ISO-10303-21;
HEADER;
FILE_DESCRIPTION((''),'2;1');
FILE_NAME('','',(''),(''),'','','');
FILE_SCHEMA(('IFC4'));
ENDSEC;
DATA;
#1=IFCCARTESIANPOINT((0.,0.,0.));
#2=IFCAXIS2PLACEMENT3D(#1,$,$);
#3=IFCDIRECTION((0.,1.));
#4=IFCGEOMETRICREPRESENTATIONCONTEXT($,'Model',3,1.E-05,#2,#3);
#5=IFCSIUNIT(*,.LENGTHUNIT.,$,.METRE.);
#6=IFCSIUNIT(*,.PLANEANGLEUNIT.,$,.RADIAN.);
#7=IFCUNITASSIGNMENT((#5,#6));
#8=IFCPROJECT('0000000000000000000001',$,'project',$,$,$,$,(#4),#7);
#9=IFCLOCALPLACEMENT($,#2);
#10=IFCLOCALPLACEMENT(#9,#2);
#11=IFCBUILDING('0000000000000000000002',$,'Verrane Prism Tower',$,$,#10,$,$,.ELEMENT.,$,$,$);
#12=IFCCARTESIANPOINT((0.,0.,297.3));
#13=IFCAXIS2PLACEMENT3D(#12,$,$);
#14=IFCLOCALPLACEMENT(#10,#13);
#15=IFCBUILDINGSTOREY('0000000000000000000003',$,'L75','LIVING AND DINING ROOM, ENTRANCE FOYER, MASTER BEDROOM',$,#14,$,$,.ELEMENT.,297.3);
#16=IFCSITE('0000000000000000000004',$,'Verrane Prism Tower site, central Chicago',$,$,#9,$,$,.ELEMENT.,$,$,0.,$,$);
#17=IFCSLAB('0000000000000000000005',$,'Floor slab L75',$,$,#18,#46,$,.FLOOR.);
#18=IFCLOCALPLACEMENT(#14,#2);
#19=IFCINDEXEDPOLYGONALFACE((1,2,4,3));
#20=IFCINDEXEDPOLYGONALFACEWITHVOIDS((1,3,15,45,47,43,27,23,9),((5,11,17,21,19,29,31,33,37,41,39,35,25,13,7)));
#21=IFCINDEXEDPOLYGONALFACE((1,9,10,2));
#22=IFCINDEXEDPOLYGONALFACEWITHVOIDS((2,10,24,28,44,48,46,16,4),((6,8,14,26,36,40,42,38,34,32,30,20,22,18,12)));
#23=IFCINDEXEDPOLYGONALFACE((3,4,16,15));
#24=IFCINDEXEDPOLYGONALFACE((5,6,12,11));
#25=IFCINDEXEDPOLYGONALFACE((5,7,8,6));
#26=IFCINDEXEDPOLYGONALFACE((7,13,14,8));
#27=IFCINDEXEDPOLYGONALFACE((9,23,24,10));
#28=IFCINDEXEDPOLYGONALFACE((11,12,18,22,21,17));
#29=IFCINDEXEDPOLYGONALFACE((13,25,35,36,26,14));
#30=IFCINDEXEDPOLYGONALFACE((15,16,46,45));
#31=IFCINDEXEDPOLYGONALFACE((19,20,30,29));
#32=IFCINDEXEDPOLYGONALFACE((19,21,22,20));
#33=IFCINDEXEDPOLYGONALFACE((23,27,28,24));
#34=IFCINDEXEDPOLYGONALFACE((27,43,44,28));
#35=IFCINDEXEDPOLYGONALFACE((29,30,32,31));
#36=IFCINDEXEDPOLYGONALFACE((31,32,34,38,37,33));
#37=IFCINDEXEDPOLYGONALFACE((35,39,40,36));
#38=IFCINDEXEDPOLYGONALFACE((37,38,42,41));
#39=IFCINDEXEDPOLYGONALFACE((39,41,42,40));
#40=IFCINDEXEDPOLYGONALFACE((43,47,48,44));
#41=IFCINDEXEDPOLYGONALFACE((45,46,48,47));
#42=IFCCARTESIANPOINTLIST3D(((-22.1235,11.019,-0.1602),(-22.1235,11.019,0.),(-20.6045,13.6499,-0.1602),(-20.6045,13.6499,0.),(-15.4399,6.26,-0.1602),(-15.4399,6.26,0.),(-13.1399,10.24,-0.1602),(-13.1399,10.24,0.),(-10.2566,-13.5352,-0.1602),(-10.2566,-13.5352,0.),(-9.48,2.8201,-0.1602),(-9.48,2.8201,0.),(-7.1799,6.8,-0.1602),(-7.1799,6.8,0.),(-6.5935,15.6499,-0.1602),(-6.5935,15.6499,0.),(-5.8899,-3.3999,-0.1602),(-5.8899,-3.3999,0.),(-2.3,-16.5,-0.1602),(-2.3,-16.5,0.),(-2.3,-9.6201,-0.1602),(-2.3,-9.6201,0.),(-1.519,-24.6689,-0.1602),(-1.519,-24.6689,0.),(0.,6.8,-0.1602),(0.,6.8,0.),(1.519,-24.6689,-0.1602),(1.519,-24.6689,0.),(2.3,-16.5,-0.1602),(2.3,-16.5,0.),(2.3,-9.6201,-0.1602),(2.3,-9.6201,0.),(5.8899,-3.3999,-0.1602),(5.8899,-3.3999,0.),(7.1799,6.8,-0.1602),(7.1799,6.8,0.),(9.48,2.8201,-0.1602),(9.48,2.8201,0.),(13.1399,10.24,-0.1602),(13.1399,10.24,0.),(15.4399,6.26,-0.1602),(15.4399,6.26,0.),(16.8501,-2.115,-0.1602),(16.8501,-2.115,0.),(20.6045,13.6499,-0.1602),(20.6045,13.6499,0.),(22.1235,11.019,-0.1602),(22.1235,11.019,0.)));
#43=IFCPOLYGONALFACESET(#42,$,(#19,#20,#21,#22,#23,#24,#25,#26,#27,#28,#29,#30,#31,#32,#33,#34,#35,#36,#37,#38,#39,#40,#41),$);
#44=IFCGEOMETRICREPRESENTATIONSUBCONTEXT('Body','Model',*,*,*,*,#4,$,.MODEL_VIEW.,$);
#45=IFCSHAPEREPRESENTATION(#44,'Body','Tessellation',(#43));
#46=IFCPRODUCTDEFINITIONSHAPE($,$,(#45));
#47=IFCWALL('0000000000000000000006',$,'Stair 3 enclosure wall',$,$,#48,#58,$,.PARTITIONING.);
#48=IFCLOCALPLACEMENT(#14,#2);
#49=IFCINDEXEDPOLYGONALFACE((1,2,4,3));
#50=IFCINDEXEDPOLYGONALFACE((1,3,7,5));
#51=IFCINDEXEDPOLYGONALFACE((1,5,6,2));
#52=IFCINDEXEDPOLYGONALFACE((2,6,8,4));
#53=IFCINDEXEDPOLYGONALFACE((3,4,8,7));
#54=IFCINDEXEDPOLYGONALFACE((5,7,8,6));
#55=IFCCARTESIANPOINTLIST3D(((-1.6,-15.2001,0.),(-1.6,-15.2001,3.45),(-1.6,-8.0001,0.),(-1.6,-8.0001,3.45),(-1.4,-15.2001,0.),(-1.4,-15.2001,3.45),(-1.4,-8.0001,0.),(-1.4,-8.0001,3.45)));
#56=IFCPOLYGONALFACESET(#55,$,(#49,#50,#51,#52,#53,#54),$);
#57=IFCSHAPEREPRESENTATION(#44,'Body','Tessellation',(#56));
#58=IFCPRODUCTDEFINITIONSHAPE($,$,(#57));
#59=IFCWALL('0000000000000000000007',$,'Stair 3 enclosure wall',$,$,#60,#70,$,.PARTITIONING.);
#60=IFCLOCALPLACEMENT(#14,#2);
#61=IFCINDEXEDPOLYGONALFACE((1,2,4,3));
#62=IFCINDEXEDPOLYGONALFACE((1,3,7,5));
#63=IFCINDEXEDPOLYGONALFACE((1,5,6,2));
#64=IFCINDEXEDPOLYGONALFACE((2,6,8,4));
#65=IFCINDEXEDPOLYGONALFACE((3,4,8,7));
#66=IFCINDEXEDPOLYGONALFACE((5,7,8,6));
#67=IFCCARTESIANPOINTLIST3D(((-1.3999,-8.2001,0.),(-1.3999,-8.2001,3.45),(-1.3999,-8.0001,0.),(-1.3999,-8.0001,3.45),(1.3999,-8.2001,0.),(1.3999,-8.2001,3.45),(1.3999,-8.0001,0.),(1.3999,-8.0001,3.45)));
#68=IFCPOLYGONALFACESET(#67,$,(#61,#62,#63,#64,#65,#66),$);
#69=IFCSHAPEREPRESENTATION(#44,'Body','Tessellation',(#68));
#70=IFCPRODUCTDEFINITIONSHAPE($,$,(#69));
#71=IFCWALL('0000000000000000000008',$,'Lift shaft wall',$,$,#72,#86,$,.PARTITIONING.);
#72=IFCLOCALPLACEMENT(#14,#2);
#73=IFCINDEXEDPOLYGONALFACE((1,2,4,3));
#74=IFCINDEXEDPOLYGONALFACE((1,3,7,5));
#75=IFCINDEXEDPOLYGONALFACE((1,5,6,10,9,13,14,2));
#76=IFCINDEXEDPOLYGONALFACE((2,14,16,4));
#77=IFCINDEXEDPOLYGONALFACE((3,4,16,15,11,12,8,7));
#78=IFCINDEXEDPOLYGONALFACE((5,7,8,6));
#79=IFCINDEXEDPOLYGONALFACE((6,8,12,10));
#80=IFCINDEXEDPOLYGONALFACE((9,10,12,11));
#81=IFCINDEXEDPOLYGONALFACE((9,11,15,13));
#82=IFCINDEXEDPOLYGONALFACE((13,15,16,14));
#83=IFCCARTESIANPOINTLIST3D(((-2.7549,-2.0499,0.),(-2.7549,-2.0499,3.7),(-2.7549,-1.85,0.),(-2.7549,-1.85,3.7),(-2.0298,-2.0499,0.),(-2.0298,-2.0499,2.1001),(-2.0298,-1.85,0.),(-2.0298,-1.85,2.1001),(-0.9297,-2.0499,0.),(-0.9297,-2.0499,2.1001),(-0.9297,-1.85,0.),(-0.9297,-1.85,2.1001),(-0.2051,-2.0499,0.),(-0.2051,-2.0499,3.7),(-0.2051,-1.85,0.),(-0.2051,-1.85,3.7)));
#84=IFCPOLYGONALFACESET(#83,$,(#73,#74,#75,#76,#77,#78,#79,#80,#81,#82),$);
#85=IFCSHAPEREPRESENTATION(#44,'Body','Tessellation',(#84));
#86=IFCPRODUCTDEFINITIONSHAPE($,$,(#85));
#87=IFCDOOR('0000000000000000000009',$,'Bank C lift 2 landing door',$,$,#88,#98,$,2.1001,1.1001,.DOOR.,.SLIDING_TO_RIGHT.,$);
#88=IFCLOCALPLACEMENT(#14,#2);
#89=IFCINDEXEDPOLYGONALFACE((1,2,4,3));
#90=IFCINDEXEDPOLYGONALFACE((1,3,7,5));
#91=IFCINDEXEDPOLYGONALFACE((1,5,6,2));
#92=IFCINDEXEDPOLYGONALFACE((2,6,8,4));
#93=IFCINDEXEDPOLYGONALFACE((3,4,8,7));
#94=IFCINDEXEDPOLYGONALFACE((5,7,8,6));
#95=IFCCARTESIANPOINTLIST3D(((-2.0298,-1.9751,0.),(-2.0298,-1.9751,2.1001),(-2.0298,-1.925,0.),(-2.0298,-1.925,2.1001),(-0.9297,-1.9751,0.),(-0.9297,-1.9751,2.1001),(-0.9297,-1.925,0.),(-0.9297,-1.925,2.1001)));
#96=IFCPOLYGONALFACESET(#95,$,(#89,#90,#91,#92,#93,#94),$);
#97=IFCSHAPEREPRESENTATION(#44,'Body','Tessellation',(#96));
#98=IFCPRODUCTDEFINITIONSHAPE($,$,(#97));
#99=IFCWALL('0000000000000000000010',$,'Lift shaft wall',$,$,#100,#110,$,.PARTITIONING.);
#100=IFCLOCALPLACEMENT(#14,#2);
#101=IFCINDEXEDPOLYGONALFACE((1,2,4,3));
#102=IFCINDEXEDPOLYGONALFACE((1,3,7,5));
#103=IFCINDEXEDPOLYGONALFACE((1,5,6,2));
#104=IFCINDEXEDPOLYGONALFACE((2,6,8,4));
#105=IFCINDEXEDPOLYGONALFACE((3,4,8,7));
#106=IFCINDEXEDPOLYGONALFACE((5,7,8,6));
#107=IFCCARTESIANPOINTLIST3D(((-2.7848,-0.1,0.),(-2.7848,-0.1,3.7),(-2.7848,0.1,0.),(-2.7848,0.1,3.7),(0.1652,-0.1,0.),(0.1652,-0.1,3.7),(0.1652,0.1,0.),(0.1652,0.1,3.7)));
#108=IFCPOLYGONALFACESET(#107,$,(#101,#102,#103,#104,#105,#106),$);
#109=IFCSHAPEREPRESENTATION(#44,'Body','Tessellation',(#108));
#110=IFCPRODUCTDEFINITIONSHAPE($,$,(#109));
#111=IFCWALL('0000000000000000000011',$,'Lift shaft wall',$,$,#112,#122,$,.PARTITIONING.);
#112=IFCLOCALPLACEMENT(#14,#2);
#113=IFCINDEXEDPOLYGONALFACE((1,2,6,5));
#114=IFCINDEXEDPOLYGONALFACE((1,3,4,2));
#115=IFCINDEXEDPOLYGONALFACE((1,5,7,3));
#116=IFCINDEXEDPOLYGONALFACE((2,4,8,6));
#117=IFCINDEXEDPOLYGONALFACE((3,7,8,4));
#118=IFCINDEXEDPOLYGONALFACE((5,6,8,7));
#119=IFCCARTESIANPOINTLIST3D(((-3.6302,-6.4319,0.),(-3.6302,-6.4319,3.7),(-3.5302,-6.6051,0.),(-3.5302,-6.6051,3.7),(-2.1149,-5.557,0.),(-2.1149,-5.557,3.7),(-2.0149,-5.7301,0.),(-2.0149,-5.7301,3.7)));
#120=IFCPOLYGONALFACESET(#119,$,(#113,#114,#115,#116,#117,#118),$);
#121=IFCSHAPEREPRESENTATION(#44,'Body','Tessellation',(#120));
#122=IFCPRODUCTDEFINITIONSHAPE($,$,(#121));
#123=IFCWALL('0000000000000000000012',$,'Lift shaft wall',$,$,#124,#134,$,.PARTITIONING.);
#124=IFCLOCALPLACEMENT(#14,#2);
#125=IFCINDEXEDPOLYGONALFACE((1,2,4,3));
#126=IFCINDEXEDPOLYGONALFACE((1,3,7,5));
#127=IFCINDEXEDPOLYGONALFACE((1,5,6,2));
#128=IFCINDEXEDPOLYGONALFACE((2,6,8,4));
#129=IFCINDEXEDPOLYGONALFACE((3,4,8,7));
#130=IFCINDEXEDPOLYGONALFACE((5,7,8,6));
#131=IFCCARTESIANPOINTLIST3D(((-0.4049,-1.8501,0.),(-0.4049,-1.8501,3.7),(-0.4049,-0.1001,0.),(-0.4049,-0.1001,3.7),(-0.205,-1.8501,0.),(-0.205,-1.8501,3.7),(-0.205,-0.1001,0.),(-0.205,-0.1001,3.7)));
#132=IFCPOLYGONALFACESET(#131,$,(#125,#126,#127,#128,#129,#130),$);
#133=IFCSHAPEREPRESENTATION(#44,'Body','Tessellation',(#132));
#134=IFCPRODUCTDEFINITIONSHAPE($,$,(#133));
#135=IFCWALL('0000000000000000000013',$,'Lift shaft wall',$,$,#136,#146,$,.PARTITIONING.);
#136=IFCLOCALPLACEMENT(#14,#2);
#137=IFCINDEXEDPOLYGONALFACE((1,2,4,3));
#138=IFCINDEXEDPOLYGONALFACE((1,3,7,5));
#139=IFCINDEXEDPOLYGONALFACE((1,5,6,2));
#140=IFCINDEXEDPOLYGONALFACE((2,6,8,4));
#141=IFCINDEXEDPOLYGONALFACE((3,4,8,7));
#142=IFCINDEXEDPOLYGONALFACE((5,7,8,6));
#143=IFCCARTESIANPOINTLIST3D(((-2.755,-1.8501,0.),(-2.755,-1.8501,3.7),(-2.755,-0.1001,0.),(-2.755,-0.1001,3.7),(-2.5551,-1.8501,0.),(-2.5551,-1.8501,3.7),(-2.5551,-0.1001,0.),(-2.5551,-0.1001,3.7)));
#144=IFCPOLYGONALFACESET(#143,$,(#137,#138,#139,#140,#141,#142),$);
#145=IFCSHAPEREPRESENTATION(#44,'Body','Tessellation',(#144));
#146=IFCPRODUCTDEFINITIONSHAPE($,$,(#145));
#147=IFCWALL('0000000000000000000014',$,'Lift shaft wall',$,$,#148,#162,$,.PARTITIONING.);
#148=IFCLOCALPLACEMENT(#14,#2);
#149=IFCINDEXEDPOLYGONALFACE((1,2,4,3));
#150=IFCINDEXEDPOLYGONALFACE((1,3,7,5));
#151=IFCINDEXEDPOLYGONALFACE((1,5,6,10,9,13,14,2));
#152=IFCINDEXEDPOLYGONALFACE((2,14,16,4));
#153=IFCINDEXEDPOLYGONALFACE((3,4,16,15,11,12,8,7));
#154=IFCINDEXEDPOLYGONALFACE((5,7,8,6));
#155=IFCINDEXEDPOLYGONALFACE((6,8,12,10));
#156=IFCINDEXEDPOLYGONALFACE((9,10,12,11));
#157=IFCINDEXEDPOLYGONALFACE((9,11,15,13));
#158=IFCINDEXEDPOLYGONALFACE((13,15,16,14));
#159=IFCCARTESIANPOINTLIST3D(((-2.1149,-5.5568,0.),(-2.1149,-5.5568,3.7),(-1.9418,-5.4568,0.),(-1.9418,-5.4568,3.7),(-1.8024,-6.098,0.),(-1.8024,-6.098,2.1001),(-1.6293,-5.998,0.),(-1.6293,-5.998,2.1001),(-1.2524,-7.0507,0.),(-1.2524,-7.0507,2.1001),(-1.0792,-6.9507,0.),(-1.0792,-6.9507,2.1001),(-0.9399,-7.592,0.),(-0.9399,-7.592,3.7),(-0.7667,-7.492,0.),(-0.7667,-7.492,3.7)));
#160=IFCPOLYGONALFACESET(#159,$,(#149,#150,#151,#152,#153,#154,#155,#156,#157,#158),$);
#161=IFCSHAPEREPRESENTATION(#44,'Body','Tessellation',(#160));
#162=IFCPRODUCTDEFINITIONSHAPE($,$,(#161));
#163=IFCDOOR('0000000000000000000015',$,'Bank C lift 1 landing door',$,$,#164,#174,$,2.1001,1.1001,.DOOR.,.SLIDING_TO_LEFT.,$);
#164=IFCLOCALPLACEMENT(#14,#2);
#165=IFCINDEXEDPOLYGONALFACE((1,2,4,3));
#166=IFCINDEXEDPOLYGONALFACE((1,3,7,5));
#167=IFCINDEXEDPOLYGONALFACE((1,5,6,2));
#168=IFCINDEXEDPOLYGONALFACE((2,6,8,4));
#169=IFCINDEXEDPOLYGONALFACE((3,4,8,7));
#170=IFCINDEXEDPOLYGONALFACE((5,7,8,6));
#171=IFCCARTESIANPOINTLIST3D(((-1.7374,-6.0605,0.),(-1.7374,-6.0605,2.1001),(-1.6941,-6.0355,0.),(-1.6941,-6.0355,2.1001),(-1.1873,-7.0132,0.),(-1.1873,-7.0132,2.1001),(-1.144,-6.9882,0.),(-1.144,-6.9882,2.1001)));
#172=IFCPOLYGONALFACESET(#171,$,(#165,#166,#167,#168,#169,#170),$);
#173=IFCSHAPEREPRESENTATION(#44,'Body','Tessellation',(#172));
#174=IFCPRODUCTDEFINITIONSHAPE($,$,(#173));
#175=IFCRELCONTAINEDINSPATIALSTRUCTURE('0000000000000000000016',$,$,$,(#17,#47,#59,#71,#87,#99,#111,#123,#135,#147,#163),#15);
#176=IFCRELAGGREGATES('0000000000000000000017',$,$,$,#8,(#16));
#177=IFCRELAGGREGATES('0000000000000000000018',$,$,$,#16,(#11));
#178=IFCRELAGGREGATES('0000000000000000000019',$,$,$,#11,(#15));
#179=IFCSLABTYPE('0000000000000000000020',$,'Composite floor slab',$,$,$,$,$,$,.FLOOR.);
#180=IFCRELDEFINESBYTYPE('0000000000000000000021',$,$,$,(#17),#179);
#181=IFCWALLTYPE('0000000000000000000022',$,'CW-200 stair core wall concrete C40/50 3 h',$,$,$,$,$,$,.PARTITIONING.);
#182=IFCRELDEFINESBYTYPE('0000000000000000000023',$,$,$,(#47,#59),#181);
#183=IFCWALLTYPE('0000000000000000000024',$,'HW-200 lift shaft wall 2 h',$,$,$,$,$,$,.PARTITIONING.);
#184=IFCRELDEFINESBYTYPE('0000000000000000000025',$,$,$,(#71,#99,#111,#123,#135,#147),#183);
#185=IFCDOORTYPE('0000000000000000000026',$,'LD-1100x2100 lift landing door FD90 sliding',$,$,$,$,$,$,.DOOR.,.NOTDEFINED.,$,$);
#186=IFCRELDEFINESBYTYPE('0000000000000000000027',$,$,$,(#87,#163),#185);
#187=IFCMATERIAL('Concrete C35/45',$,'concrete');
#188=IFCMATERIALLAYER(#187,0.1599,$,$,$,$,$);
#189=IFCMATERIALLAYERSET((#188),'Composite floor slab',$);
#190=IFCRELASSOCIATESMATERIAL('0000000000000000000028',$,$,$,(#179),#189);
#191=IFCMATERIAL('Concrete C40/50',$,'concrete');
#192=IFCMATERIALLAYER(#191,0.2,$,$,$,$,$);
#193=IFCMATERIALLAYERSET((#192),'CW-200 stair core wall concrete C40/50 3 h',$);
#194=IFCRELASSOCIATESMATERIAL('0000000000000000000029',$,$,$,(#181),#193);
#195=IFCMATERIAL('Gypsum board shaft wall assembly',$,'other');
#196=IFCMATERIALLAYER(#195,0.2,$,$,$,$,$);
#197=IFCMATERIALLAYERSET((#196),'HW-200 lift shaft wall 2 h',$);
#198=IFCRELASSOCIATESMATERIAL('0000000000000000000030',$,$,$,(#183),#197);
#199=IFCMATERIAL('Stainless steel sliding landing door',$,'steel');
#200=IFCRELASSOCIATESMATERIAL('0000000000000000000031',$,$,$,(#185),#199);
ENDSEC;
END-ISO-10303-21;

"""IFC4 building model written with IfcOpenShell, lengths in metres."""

from ifc_helpers import new_model, si_unit, direction, frame, frame_2d, origin, place, context, subcontext, project, spatial, polyline, rectangle, outline, extrude, material, layer, layer_set, type_object, element, fill, save


model = new_model("IFC4")

# Units and contexts
model_context = context("Model", 3, precision=1e-05, world=origin(), true_north=direction((0.0, 1.0)))
body_context = subcontext(model_context, "Body", "Model", "MODEL_VIEW")
ifc_project = project(units=[si_unit("LENGTHUNIT", "METRE"), si_unit("PLANEANGLEUNIT", "RADIAN")], contexts=[model_context])

# Site, building, storey
site_placement = place(None, origin())
site = spatial("IfcSite", under=ifc_project, at=site_placement, Name="Verrane Prism Tower site, central Chicago", CompositionType="ELEMENT", RefElevation=0.0)
building_placement = place(site_placement, origin())
building = spatial("IfcBuilding", under=site, at=building_placement, Name="Verrane Prism Tower", CompositionType="ELEMENT")
storey_placement = place(building_placement, frame((0.0, 0.0, 297.3)))
storey = spatial("IfcBuildingStorey", under=building, at=storey_placement, Name="L75", Description="LIVING AND DINING ROOM, ENTRANCE FOYER, MASTER BEDROOM", CompositionType="ELEMENT", Elevation=297.3)

# Slab
ifc_material_1 = material(Name="Concrete C35/45", Category="concrete")
ifc_layer_1 = layer(ifc_material_1, 0.1599)
ifc_layer_set_1 = layer_set([ifc_layer_1], Name="Composite floor slab")
slab_type = type_object("IfcSlabType", Name="Composite floor slab", PredefinedType="FLOOR", material=ifc_layer_set_1)
slab_placement = place(storey_placement, frame((0.0, 0.0, -0.1602)))
element("IfcSlab", 1, at=slab_placement, inside=storey, type_object=slab_type, Name="Floor slab L75", PredefinedType="FLOOR", context=body_context, shape_type="SweptSolid", body=[
    extrude(outline(polyline([(16.8501, -2.115), (1.519, -24.6689), (-1.519, -24.6689), (-10.2566, -13.5352), (-22.1235, 11.019), (-20.6045, 13.6499), (-6.5935, 15.6499), (20.6045, 13.6499), (22.1235, 11.019), (16.8501, -2.115)]), holes=[polyline([(15.4399, 6.26), (13.1399, 10.24), (7.1799, 6.8), (0.0, 6.8), (-7.1799, 6.8), (-13.1399, 10.24), (-15.4399, 6.26), (-9.48, 2.8201), (-5.8899, -3.3999), (-2.3, -9.6201), (-2.3, -16.5), (2.3, -16.5), (2.3, -9.6201), (5.8899, -3.3999), (9.48, 2.8201), (15.4399, 6.26)])]), origin(), (0.0, 0.0, 1.0), 0.1602),
])

# Walls
ifc_material_2 = material(Name="Concrete C40/50", Category="concrete")
ifc_layer_2 = layer(ifc_material_2, 0.2)
ifc_layer_set_2 = layer_set([ifc_layer_2], Name="CW-200 stair core wall concrete C40/50 3 h")
wall_type_1 = type_object("IfcWallType", Name="CW-200 stair core wall concrete C40/50 3 h", PredefinedType="PARTITIONING", material=ifc_layer_set_2)
wall_1_placement = place(storey_placement, frame((-1.5, -8.0, 0.0), z_axis=(0.0, 0.0, 1.0), x_axis=(0.0, -1.0, 0.0)))
element("IfcWall", 2, at=wall_1_placement, inside=storey, type_object=wall_type_1, Name="Stair 3 enclosure wall", PredefinedType="PARTITIONING", context=body_context, shape_type="SweptSolid", body=[
    extrude(rectangle(XDim=7.2, YDim=0.2, at=frame_2d((3.6001, 0.0))), origin(), (0.0, 0.0, 1.0), 3.45),
])
wall_2_placement = place(storey_placement, frame((-1.3999, -8.1001, 0.0), z_axis=(0.0, 0.0, 1.0), x_axis=(1.0, 0.0, 0.0)))
element("IfcWall", 3, at=wall_2_placement, inside=storey, type_object=wall_type_1, Name="Stair 3 enclosure wall", PredefinedType="PARTITIONING", context=body_context, shape_type="SweptSolid", body=[
    extrude(rectangle(XDim=2.7998, YDim=0.2, at=frame_2d((1.3999, 0.0))), origin(), (0.0, 0.0, 1.0), 3.45),
])

# Wall, opening, door
ifc_material_3 = material(Name="Gypsum board shaft wall assembly", Category="other")
ifc_layer_3 = layer(ifc_material_3, 0.2)
ifc_layer_set_3 = layer_set([ifc_layer_3], Name="HW-200 lift shaft wall 2 h")
wall_type_2 = type_object("IfcWallType", Name="HW-200 lift shaft wall 2 h", PredefinedType="PARTITIONING", material=ifc_layer_set_3)
wall_3_placement = place(storey_placement, frame((-2.7549, -1.95, 0.0), z_axis=(0.0, 0.0, 1.0), x_axis=(1.0, 0.0, 0.0)))
wall_3 = element("IfcWall", 4, at=wall_3_placement, inside=storey, type_object=wall_type_2, Name="Lift shaft wall", PredefinedType="PARTITIONING", context=body_context, shape_type="SweptSolid", body=[
    extrude(rectangle(XDim=2.5498, YDim=0.2, at=frame_2d((1.2749, 0.0))), origin(), (0.0, 0.0, 1.0), 3.7),
])
opening_1_placement = place(wall_3_placement, frame((0.7251, 0.0, 0.0)))
opening_1 = element("IfcOpeningElement", 5, at=opening_1_placement, cuts=wall_3, PredefinedType="OPENING", context=body_context, shape_type="SweptSolid", body=[
    extrude(rectangle(XDim=1.1001, YDim=2.1001, at=frame_2d((0.55, 1.05))), frame((0.0, 0.1099, 0.0), z_axis=(0.0, -1.0, 0.0), x_axis=(1.0, 0.0, 0.0)), (0.0, 0.0, 1.0), 0.22),
])
ifc_material_4 = material(Name="Stainless steel sliding landing door", Category="steel")
door_type = type_object("IfcDoorType", Name="LD-1100x2100 lift landing door FD90 sliding", OperationType="NOTDEFINED", PredefinedType="DOOR", material=ifc_material_4)
door_1_placement = place(opening_1_placement, origin())
door_1 = element("IfcDoor", 6, at=door_1_placement, inside=storey, type_object=door_type, Name="Bank C lift 2 landing door", OperationType="SLIDING_TO_RIGHT", OverallHeight=2.1001, OverallWidth=1.1001, PredefinedType="DOOR", context=body_context, shape_type="SweptSolid", body=[
    extrude(rectangle(XDim=1.1001, YDim=2.1001, at=frame_2d((0.55, 1.05))), frame((0.0, 0.0249, 0.0), z_axis=(0.0, -1.0, 0.0), x_axis=(1.0, 0.0, 0.0)), (0.0, 0.0, 1.0), 0.05),
])
fill(opening_1, door_1)

# Walls
wall_4_placement = place(storey_placement, frame((-2.7849, 0.0, 0.0), z_axis=(0.0, 0.0, 1.0), x_axis=(1.0, 0.0, 0.0)))
element("IfcWall", 7, at=wall_4_placement, inside=storey, type_object=wall_type_2, Name="Lift shaft wall", PredefinedType="PARTITIONING", context=body_context, shape_type="SweptSolid", body=[
    extrude(rectangle(XDim=2.95, YDim=0.2, at=frame_2d((1.4751, 0.0))), origin(), (0.0, 0.0, 1.0), 3.7),
])
wall_5_placement = place(storey_placement, frame((-3.5803, -6.5186, 0.0), z_axis=(0.0, 0.0, 1.0), x_axis=(0.866002, 0.50004, 0.0)))
element("IfcWall", 8, at=wall_5_placement, inside=storey, type_object=wall_type_2, Name="Lift shaft wall", PredefinedType="PARTITIONING", context=body_context, shape_type="SweptSolid", body=[
    extrude(rectangle(XDim=1.7498, YDim=0.2, at=frame_2d((0.875, 0.0))), origin(), (0.0, 0.0, 1.0), 3.7),
])
for number, where, z_axis, x_axis, name in (
    (9, (-0.3049, -1.8501, 0.0), (0.0, 0.0, 1.0), (0.0, 1.0, 0.0), "Lift shaft wall"),
    (10, (-2.655, -1.8501, 0.0), (0.0, 0.0, 1.0), (0.0, 1.0, 0.0), "Lift shaft wall"),
):
    element("IfcWall", number, at=place(storey_placement, frame(where, z_axis=z_axis, x_axis=x_axis)), inside=storey, type_object=wall_type_2, Name=name, PredefinedType="PARTITIONING", context=body_context, shape_type="SweptSolid", body=[
        extrude(rectangle(XDim=1.75, YDim=0.2, at=frame_2d((0.875, 0.0))), origin(), (0.0, 0.0, 1.0), 3.7),
    ])

# Wall, opening, door
wall_6_placement = place(storey_placement, frame((-0.8533, -7.542, 0.0), z_axis=(0.0, 0.0, 1.0), x_axis=(-0.500016, 0.866016, 0.0)))
wall_6 = element("IfcWall", 11, at=wall_6_placement, inside=storey, type_object=wall_type_2, Name="Lift shaft wall", PredefinedType="PARTITIONING", context=body_context, shape_type="SweptSolid", body=[
    extrude(rectangle(XDim=2.3501, YDim=0.2, at=frame_2d((1.175, 0.0))), origin(), (0.0, 0.0, 1.0), 3.7),
])
opening_2_placement = place(wall_6_placement, frame((0.625, 0.0, 0.0)))
opening_2 = element("IfcOpeningElement", 12, at=opening_2_placement, cuts=wall_6, PredefinedType="OPENING", context=body_context, shape_type="SweptSolid", body=[
    extrude(rectangle(XDim=1.1001, YDim=2.1001, at=frame_2d((0.55, 1.05))), frame((0.0, 0.1099, 0.0), z_axis=(0.0, -1.0, 0.0), x_axis=(1.0, 0.0, 0.0)), (0.0, 0.0, 1.0), 0.22),
])
door_2_placement = place(opening_2_placement, origin())
door_2 = element("IfcDoor", 13, at=door_2_placement, inside=storey, type_object=door_type, Name="Bank C lift 1 landing door", OperationType="SLIDING_TO_LEFT", OverallHeight=2.1001, OverallWidth=1.1001, PredefinedType="DOOR", context=body_context, shape_type="SweptSolid", body=[
    extrude(rectangle(XDim=1.1001, YDim=2.1001, at=frame_2d((0.55, 1.05))), frame((0.0, 0.0249, 0.0), z_axis=(0.0, -1.0, 0.0), x_axis=(1.0, 0.0, 0.0)), (0.0, 0.0, 1.0), 0.05),
])
fill(opening_2, door_2)

save(model, "model.ifc")
